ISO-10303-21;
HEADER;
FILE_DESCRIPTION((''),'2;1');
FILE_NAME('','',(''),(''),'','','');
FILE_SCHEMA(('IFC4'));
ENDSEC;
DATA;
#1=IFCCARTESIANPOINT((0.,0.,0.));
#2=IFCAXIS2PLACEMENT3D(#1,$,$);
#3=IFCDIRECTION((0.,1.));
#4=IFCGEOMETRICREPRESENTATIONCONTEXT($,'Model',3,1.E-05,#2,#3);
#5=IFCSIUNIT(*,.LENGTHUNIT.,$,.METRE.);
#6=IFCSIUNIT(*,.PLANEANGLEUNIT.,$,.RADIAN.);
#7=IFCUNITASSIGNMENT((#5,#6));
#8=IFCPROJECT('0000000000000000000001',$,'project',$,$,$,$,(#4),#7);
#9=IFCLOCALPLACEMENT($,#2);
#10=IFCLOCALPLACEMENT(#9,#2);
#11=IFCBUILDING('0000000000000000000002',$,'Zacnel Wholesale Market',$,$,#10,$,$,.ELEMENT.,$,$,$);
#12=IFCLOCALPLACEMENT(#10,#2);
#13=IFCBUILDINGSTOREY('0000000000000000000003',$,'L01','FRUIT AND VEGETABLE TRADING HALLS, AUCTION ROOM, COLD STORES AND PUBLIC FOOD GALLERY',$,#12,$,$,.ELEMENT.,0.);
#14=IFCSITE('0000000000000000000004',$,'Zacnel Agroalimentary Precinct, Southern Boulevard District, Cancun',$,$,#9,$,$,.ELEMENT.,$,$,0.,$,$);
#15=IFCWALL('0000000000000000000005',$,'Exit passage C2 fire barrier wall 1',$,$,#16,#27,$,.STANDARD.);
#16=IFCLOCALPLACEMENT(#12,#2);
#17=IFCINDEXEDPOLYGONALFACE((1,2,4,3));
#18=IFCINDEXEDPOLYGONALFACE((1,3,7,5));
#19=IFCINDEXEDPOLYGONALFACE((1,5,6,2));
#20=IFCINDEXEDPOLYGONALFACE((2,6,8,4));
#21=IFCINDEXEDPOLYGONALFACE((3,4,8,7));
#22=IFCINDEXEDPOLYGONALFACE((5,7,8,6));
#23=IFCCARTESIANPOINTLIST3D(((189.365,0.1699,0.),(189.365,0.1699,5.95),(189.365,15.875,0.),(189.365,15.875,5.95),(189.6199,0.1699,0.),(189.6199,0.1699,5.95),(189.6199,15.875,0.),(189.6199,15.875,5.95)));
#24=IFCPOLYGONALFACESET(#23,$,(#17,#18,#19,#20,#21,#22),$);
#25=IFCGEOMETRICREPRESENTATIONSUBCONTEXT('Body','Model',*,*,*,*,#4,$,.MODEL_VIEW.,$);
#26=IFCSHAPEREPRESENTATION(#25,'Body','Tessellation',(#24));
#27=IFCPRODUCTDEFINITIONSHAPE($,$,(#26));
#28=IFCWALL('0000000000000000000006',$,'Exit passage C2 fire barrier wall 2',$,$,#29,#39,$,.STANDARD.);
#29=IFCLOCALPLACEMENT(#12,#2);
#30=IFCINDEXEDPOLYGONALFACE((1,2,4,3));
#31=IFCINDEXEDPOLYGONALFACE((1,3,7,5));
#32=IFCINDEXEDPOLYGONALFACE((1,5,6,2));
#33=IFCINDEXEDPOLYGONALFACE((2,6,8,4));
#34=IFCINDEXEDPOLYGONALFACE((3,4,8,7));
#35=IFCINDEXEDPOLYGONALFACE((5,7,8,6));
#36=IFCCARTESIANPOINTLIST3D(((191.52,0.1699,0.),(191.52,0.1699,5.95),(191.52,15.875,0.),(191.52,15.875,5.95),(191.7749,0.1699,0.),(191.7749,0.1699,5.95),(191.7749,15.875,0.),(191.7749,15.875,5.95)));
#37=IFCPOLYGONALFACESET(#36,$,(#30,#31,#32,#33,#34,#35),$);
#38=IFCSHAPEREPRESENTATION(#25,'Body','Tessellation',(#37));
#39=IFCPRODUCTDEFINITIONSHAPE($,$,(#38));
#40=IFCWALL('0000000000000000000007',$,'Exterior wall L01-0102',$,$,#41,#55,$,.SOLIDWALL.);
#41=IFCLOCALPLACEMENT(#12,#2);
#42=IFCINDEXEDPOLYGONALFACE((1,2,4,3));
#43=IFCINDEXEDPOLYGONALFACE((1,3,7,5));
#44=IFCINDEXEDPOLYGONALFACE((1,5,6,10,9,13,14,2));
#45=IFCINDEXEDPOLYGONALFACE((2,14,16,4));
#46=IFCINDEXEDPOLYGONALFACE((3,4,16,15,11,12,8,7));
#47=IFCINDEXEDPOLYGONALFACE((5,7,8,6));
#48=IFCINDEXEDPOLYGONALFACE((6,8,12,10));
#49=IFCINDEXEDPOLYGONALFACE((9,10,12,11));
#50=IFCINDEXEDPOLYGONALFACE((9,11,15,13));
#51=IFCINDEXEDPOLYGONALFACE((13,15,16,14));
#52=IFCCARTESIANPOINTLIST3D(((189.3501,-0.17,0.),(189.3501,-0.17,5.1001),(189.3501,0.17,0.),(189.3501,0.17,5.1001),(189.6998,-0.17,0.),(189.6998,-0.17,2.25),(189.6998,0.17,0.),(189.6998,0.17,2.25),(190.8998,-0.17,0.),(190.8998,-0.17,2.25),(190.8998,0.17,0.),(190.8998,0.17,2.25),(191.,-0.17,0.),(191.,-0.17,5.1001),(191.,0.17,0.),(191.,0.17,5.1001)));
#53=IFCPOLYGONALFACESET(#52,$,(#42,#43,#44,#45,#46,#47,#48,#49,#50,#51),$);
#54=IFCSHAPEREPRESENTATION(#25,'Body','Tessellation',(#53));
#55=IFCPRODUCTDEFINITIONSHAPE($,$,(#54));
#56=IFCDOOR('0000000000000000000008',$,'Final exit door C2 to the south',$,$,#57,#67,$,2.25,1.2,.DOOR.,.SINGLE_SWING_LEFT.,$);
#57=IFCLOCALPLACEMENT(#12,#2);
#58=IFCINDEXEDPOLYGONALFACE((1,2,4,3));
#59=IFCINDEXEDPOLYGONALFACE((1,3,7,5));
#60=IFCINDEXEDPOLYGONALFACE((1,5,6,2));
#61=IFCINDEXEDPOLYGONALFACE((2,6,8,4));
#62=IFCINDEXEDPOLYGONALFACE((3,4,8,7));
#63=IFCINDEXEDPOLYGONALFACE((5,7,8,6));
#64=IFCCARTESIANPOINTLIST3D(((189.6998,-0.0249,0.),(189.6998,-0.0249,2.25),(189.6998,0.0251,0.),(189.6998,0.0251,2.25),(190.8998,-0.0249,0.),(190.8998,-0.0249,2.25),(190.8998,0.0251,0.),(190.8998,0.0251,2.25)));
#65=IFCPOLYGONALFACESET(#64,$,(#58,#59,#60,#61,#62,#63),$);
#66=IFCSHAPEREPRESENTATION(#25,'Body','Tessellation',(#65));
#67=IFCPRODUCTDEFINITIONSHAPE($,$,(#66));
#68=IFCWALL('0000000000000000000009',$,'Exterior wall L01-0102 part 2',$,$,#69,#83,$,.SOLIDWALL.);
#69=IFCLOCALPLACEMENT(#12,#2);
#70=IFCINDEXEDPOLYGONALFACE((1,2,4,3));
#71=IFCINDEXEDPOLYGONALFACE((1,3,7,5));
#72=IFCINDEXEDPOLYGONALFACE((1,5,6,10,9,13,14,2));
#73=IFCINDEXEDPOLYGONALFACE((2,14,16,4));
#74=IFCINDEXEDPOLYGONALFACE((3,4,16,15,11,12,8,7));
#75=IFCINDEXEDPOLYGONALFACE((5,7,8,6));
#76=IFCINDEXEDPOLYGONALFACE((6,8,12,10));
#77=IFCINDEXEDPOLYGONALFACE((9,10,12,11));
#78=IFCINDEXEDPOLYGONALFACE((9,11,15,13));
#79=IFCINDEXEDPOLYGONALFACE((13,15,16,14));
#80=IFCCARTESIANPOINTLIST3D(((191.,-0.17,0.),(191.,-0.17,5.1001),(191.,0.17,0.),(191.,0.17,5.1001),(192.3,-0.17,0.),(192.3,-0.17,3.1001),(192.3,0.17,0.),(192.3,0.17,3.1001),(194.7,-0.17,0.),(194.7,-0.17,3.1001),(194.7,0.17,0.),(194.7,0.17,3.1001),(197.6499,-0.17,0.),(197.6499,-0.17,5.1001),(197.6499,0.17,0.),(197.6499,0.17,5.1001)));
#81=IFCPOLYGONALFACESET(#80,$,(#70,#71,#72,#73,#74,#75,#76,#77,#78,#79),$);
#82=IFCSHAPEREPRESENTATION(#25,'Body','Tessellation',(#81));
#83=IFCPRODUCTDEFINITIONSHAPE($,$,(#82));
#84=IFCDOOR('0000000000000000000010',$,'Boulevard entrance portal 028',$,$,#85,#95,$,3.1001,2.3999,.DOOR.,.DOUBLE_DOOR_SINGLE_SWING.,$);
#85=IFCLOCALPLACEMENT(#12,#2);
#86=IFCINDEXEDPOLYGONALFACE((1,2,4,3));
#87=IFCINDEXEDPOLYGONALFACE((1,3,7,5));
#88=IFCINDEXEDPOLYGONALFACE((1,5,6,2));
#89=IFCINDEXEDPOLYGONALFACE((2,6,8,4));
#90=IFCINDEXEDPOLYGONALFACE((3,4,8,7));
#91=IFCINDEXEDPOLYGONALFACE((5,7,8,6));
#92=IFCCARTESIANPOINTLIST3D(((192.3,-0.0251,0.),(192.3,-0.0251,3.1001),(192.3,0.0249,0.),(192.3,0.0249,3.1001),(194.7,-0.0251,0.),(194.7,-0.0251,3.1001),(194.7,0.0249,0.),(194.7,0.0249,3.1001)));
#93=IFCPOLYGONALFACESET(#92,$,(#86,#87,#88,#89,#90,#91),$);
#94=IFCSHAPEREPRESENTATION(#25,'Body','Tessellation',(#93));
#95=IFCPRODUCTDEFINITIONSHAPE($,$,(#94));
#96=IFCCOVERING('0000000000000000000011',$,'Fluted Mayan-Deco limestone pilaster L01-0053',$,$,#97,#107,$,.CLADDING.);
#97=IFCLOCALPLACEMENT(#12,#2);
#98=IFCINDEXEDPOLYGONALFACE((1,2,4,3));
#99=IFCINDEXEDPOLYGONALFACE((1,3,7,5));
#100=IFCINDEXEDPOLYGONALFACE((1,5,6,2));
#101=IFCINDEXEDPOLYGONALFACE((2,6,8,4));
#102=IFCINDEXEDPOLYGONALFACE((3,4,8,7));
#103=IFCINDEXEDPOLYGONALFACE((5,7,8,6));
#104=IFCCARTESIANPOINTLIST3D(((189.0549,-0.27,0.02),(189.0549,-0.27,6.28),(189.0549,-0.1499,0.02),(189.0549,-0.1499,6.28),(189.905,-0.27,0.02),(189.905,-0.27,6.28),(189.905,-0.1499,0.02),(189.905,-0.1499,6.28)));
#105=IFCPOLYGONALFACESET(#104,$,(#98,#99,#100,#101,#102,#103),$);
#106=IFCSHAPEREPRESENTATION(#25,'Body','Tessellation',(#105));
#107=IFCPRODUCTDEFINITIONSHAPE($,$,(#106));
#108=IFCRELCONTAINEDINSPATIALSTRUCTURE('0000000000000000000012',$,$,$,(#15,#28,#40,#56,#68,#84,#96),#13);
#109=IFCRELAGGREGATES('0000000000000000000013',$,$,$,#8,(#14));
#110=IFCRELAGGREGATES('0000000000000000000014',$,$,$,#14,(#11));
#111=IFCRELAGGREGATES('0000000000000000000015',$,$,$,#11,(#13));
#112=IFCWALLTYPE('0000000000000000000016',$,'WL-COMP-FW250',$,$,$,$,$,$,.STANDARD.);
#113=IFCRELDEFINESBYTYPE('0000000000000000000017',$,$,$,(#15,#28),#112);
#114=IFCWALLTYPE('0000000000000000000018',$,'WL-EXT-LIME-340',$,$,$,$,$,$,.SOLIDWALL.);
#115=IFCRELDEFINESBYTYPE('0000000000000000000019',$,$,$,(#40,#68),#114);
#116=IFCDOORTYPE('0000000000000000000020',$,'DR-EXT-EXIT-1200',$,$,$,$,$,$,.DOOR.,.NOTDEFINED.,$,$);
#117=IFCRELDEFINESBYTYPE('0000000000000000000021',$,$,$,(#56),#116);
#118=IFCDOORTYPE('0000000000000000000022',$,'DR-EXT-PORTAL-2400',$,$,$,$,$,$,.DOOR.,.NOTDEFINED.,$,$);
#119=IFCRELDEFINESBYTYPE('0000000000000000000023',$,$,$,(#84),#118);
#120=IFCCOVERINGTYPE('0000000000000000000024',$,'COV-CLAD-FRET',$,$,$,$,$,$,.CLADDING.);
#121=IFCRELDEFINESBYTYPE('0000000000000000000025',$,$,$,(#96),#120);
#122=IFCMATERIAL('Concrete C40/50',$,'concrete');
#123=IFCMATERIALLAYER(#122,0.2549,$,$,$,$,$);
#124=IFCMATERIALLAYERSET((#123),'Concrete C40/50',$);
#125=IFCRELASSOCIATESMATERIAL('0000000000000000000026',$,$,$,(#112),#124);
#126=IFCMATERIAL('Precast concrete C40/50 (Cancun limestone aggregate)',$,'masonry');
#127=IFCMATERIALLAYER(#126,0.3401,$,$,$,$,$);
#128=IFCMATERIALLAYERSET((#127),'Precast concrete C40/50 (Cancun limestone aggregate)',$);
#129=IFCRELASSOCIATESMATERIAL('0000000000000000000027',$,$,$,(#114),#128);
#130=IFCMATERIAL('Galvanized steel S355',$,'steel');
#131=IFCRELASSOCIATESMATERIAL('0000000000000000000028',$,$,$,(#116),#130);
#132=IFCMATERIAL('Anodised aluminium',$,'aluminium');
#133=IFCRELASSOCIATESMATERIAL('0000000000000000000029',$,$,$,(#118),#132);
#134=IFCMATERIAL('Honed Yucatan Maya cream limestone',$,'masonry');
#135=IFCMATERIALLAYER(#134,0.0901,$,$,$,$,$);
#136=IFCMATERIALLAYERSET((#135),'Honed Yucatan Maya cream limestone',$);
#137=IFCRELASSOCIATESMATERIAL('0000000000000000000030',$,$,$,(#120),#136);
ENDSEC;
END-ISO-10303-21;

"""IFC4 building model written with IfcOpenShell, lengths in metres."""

from ifc_helpers import new_model, si_unit, direction, frame, frame_2d, origin, origin_2d, place, context, subcontext, project, spatial, rectangle, extrude, material, layer, layer_set, type_object, element, fill, save


model = new_model("IFC4")

# Units and contexts
model_context = context("Model", 3, precision=1e-05, world=origin(), true_north=direction((0.0, 1.0)))
body_context = subcontext(model_context, "Body", "Model", "MODEL_VIEW")
ifc_project = project(units=[si_unit("LENGTHUNIT", "METRE"), si_unit("PLANEANGLEUNIT", "RADIAN")], contexts=[model_context])

# Site, building, storey
site_placement = place(None, origin())
site = spatial("IfcSite", under=ifc_project, at=site_placement, Name="Zacnel Agroalimentary Precinct, Southern Boulevard District, Cancun", CompositionType="ELEMENT", RefElevation=0.0)
building_placement = place(site_placement, origin())
building = spatial("IfcBuilding", under=site, at=building_placement, Name="Zacnel Wholesale Market", CompositionType="ELEMENT")
storey_placement = place(building_placement, origin())
storey = spatial("IfcBuildingStorey", under=building, at=storey_placement, Name="L01", Description="FRUIT AND VEGETABLE TRADING HALLS, AUCTION ROOM, COLD STORES AND PUBLIC FOOD GALLERY", CompositionType="ELEMENT", Elevation=0.0)

# Walls
ifc_material_1 = material(Name="Concrete C40/50", Category="concrete")
ifc_layer_1 = layer(ifc_material_1, 0.2549)
ifc_layer_set_1 = layer_set([ifc_layer_1], Name="Concrete C40/50")
wall_type_1 = type_object("IfcWallType", Name="WL-COMP-FW250", PredefinedType="STANDARD", material=ifc_layer_set_1)
for number, where, z_axis, x_axis, name in (
    (1, (189.4924, 0.1699, 0.0), (0.0, 0.0, 1.0), (0.0, 1.0, 0.0), "Exit passage C2 fire barrier wall 1"),
    (2, (191.6475, 0.1699, 0.0), (0.0, 0.0, 1.0), (0.0, 1.0, 0.0), "Exit passage C2 fire barrier wall 2"),
):
    element("IfcWall", number, at=place(storey_placement, frame(where, z_axis=z_axis, x_axis=x_axis)), inside=storey, type_object=wall_type_1, Name=name, PredefinedType="STANDARD", context=body_context, shape_type="SweptSolid", body=[
        extrude(rectangle(XDim=15.7051, YDim=0.2549, at=frame_2d((7.8525, 0.0))), origin(), (0.0, 0.0, 1.0), 5.95),
    ])

# Walls, openings, doors
ifc_material_2 = material(Name="Precast concrete C40/50 (Cancun limestone aggregate)", Category="masonry")
ifc_layer_2 = layer(ifc_material_2, 0.3401)
ifc_layer_set_2 = layer_set([ifc_layer_2], Name="Precast concrete C40/50 (Cancun limestone aggregate)")
wall_type_2 = type_object("IfcWallType", Name="WL-EXT-LIME-340", PredefinedType="SOLIDWALL", material=ifc_layer_set_2)
wall_1_placement = place(storey_placement, frame((191.0, 0.0, 0.0), z_axis=(0.0, 0.0, 1.0), x_axis=(-1.0, 0.0, 0.0)))
wall_1 = element("IfcWall", 3, at=wall_1_placement, inside=storey, type_object=wall_type_2, Name="Exterior wall L01-0102", PredefinedType="SOLIDWALL", context=body_context, shape_type="SweptSolid", body=[
    extrude(rectangle(XDim=1.6499, YDim=0.3401, at=frame_2d((0.825, 0.0))), origin(), (0.0, 0.0, 1.0), 5.1001),
])
opening_1_placement = place(wall_1_placement, frame((0.1001, 0.0, 0.0)))
opening_1 = element("IfcOpeningElement", 4, at=opening_1_placement, cuts=wall_1, PredefinedType="OPENING", context=body_context, shape_type="SweptSolid", body=[
    extrude(rectangle(XDim=1.2, YDim=2.25, at=frame_2d((0.6001, 1.125))), frame((0.0, 0.1799, 0.0), z_axis=(0.0, -1.0, 0.0), x_axis=(1.0, 0.0, 0.0)), (0.0, 0.0, 1.0), 0.3601),
])
ifc_material_3 = material(Name="Galvanized steel S355", Category="steel")
door_type_1 = type_object("IfcDoorType", Name="DR-EXT-EXIT-1200", OperationType="NOTDEFINED", PredefinedType="DOOR", material=ifc_material_3)
door_1_placement = place(opening_1_placement, origin())
door_1 = element("IfcDoor", 5, at=door_1_placement, inside=storey, type_object=door_type_1, Name="Final exit door C2 to the south", OperationType="SINGLE_SWING_LEFT", OverallHeight=2.25, OverallWidth=1.2, PredefinedType="DOOR", context=body_context, shape_type="SweptSolid", body=[
    extrude(rectangle(XDim=1.2, YDim=2.25, at=frame_2d((0.6001, 1.125))), frame((0.0, 0.0249, 0.0), z_axis=(0.0, -1.0, 0.0), x_axis=(1.0, 0.0, 0.0)), (0.0, 0.0, 1.0), 0.05),
])
fill(opening_1, door_1)
wall_2_placement = place(storey_placement, frame((191.0, 0.0, 0.0), z_axis=(0.0, 0.0, 1.0), x_axis=(1.0, 0.0, 0.0)))
wall_2 = element("IfcWall", 6, at=wall_2_placement, inside=storey, type_object=wall_type_2, Name="Exterior wall L01-0102 part 2", PredefinedType="SOLIDWALL", context=body_context, shape_type="SweptSolid", body=[
    extrude(rectangle(XDim=6.6499, YDim=0.3401, at=frame_2d((3.325, 0.0))), origin(), (0.0, 0.0, 1.0), 5.1001),
])
opening_2_placement = place(wall_2_placement, frame((1.3, 0.0, 0.0)))
opening_2 = element("IfcOpeningElement", 7, at=opening_2_placement, cuts=wall_2, PredefinedType="OPENING", context=body_context, shape_type="SweptSolid", body=[
    extrude(rectangle(XDim=2.3999, YDim=3.1001, at=frame_2d((1.2, 1.55))), frame((0.0, 0.1799, 0.0), z_axis=(0.0, -1.0, 0.0), x_axis=(1.0, 0.0, 0.0)), (0.0, 0.0, 1.0), 0.3601),
])
ifc_material_4 = material(Name="Anodised aluminium", Category="aluminium")
door_type_2 = type_object("IfcDoorType", Name="DR-EXT-PORTAL-2400", OperationType="NOTDEFINED", PredefinedType="DOOR", material=ifc_material_4)
door_2_placement = place(opening_2_placement, origin())
door_2 = element("IfcDoor", 8, at=door_2_placement, inside=storey, type_object=door_type_2, Name="Boulevard entrance portal 028", OperationType="DOUBLE_DOOR_SINGLE_SWING", OverallHeight=3.1001, OverallWidth=2.3999, PredefinedType="DOOR", context=body_context, shape_type="SweptSolid", body=[
    extrude(rectangle(XDim=2.3999, YDim=3.1001, at=frame_2d((1.2, 1.55))), frame((0.0, 0.0249, 0.0), z_axis=(0.0, -1.0, 0.0), x_axis=(1.0, 0.0, 0.0)), (0.0, 0.0, 1.0), 0.05),
])
fill(opening_2, door_2)

# Covering
ifc_material_5 = material(Name="Honed Yucatan Maya cream limestone", Category="masonry")
ifc_layer_3 = layer(ifc_material_5, 0.0901)
ifc_layer_set_3 = layer_set([ifc_layer_3], Name="Honed Yucatan Maya cream limestone")
covering_type = type_object("IfcCoveringType", Name="COV-CLAD-FRET", PredefinedType="CLADDING", material=ifc_layer_set_3)
covering_placement = place(storey_placement, frame((189.48, -0.21, 0.02), z_axis=(0.0, 0.0, 1.0), x_axis=(1.0, 0.0, 0.0)))
element("IfcCovering", 9, at=covering_placement, inside=storey, type_object=covering_type, Name="Fluted Mayan-Deco limestone pilaster L01-0053", PredefinedType="CLADDING", context=body_context, shape_type="SweptSolid", body=[
    extrude(rectangle(XDim=0.8501, YDim=0.1201, at=origin_2d()), origin(), (0.0, 0.0, 1.0), 6.26),
])

save(model, "model.ifc")
